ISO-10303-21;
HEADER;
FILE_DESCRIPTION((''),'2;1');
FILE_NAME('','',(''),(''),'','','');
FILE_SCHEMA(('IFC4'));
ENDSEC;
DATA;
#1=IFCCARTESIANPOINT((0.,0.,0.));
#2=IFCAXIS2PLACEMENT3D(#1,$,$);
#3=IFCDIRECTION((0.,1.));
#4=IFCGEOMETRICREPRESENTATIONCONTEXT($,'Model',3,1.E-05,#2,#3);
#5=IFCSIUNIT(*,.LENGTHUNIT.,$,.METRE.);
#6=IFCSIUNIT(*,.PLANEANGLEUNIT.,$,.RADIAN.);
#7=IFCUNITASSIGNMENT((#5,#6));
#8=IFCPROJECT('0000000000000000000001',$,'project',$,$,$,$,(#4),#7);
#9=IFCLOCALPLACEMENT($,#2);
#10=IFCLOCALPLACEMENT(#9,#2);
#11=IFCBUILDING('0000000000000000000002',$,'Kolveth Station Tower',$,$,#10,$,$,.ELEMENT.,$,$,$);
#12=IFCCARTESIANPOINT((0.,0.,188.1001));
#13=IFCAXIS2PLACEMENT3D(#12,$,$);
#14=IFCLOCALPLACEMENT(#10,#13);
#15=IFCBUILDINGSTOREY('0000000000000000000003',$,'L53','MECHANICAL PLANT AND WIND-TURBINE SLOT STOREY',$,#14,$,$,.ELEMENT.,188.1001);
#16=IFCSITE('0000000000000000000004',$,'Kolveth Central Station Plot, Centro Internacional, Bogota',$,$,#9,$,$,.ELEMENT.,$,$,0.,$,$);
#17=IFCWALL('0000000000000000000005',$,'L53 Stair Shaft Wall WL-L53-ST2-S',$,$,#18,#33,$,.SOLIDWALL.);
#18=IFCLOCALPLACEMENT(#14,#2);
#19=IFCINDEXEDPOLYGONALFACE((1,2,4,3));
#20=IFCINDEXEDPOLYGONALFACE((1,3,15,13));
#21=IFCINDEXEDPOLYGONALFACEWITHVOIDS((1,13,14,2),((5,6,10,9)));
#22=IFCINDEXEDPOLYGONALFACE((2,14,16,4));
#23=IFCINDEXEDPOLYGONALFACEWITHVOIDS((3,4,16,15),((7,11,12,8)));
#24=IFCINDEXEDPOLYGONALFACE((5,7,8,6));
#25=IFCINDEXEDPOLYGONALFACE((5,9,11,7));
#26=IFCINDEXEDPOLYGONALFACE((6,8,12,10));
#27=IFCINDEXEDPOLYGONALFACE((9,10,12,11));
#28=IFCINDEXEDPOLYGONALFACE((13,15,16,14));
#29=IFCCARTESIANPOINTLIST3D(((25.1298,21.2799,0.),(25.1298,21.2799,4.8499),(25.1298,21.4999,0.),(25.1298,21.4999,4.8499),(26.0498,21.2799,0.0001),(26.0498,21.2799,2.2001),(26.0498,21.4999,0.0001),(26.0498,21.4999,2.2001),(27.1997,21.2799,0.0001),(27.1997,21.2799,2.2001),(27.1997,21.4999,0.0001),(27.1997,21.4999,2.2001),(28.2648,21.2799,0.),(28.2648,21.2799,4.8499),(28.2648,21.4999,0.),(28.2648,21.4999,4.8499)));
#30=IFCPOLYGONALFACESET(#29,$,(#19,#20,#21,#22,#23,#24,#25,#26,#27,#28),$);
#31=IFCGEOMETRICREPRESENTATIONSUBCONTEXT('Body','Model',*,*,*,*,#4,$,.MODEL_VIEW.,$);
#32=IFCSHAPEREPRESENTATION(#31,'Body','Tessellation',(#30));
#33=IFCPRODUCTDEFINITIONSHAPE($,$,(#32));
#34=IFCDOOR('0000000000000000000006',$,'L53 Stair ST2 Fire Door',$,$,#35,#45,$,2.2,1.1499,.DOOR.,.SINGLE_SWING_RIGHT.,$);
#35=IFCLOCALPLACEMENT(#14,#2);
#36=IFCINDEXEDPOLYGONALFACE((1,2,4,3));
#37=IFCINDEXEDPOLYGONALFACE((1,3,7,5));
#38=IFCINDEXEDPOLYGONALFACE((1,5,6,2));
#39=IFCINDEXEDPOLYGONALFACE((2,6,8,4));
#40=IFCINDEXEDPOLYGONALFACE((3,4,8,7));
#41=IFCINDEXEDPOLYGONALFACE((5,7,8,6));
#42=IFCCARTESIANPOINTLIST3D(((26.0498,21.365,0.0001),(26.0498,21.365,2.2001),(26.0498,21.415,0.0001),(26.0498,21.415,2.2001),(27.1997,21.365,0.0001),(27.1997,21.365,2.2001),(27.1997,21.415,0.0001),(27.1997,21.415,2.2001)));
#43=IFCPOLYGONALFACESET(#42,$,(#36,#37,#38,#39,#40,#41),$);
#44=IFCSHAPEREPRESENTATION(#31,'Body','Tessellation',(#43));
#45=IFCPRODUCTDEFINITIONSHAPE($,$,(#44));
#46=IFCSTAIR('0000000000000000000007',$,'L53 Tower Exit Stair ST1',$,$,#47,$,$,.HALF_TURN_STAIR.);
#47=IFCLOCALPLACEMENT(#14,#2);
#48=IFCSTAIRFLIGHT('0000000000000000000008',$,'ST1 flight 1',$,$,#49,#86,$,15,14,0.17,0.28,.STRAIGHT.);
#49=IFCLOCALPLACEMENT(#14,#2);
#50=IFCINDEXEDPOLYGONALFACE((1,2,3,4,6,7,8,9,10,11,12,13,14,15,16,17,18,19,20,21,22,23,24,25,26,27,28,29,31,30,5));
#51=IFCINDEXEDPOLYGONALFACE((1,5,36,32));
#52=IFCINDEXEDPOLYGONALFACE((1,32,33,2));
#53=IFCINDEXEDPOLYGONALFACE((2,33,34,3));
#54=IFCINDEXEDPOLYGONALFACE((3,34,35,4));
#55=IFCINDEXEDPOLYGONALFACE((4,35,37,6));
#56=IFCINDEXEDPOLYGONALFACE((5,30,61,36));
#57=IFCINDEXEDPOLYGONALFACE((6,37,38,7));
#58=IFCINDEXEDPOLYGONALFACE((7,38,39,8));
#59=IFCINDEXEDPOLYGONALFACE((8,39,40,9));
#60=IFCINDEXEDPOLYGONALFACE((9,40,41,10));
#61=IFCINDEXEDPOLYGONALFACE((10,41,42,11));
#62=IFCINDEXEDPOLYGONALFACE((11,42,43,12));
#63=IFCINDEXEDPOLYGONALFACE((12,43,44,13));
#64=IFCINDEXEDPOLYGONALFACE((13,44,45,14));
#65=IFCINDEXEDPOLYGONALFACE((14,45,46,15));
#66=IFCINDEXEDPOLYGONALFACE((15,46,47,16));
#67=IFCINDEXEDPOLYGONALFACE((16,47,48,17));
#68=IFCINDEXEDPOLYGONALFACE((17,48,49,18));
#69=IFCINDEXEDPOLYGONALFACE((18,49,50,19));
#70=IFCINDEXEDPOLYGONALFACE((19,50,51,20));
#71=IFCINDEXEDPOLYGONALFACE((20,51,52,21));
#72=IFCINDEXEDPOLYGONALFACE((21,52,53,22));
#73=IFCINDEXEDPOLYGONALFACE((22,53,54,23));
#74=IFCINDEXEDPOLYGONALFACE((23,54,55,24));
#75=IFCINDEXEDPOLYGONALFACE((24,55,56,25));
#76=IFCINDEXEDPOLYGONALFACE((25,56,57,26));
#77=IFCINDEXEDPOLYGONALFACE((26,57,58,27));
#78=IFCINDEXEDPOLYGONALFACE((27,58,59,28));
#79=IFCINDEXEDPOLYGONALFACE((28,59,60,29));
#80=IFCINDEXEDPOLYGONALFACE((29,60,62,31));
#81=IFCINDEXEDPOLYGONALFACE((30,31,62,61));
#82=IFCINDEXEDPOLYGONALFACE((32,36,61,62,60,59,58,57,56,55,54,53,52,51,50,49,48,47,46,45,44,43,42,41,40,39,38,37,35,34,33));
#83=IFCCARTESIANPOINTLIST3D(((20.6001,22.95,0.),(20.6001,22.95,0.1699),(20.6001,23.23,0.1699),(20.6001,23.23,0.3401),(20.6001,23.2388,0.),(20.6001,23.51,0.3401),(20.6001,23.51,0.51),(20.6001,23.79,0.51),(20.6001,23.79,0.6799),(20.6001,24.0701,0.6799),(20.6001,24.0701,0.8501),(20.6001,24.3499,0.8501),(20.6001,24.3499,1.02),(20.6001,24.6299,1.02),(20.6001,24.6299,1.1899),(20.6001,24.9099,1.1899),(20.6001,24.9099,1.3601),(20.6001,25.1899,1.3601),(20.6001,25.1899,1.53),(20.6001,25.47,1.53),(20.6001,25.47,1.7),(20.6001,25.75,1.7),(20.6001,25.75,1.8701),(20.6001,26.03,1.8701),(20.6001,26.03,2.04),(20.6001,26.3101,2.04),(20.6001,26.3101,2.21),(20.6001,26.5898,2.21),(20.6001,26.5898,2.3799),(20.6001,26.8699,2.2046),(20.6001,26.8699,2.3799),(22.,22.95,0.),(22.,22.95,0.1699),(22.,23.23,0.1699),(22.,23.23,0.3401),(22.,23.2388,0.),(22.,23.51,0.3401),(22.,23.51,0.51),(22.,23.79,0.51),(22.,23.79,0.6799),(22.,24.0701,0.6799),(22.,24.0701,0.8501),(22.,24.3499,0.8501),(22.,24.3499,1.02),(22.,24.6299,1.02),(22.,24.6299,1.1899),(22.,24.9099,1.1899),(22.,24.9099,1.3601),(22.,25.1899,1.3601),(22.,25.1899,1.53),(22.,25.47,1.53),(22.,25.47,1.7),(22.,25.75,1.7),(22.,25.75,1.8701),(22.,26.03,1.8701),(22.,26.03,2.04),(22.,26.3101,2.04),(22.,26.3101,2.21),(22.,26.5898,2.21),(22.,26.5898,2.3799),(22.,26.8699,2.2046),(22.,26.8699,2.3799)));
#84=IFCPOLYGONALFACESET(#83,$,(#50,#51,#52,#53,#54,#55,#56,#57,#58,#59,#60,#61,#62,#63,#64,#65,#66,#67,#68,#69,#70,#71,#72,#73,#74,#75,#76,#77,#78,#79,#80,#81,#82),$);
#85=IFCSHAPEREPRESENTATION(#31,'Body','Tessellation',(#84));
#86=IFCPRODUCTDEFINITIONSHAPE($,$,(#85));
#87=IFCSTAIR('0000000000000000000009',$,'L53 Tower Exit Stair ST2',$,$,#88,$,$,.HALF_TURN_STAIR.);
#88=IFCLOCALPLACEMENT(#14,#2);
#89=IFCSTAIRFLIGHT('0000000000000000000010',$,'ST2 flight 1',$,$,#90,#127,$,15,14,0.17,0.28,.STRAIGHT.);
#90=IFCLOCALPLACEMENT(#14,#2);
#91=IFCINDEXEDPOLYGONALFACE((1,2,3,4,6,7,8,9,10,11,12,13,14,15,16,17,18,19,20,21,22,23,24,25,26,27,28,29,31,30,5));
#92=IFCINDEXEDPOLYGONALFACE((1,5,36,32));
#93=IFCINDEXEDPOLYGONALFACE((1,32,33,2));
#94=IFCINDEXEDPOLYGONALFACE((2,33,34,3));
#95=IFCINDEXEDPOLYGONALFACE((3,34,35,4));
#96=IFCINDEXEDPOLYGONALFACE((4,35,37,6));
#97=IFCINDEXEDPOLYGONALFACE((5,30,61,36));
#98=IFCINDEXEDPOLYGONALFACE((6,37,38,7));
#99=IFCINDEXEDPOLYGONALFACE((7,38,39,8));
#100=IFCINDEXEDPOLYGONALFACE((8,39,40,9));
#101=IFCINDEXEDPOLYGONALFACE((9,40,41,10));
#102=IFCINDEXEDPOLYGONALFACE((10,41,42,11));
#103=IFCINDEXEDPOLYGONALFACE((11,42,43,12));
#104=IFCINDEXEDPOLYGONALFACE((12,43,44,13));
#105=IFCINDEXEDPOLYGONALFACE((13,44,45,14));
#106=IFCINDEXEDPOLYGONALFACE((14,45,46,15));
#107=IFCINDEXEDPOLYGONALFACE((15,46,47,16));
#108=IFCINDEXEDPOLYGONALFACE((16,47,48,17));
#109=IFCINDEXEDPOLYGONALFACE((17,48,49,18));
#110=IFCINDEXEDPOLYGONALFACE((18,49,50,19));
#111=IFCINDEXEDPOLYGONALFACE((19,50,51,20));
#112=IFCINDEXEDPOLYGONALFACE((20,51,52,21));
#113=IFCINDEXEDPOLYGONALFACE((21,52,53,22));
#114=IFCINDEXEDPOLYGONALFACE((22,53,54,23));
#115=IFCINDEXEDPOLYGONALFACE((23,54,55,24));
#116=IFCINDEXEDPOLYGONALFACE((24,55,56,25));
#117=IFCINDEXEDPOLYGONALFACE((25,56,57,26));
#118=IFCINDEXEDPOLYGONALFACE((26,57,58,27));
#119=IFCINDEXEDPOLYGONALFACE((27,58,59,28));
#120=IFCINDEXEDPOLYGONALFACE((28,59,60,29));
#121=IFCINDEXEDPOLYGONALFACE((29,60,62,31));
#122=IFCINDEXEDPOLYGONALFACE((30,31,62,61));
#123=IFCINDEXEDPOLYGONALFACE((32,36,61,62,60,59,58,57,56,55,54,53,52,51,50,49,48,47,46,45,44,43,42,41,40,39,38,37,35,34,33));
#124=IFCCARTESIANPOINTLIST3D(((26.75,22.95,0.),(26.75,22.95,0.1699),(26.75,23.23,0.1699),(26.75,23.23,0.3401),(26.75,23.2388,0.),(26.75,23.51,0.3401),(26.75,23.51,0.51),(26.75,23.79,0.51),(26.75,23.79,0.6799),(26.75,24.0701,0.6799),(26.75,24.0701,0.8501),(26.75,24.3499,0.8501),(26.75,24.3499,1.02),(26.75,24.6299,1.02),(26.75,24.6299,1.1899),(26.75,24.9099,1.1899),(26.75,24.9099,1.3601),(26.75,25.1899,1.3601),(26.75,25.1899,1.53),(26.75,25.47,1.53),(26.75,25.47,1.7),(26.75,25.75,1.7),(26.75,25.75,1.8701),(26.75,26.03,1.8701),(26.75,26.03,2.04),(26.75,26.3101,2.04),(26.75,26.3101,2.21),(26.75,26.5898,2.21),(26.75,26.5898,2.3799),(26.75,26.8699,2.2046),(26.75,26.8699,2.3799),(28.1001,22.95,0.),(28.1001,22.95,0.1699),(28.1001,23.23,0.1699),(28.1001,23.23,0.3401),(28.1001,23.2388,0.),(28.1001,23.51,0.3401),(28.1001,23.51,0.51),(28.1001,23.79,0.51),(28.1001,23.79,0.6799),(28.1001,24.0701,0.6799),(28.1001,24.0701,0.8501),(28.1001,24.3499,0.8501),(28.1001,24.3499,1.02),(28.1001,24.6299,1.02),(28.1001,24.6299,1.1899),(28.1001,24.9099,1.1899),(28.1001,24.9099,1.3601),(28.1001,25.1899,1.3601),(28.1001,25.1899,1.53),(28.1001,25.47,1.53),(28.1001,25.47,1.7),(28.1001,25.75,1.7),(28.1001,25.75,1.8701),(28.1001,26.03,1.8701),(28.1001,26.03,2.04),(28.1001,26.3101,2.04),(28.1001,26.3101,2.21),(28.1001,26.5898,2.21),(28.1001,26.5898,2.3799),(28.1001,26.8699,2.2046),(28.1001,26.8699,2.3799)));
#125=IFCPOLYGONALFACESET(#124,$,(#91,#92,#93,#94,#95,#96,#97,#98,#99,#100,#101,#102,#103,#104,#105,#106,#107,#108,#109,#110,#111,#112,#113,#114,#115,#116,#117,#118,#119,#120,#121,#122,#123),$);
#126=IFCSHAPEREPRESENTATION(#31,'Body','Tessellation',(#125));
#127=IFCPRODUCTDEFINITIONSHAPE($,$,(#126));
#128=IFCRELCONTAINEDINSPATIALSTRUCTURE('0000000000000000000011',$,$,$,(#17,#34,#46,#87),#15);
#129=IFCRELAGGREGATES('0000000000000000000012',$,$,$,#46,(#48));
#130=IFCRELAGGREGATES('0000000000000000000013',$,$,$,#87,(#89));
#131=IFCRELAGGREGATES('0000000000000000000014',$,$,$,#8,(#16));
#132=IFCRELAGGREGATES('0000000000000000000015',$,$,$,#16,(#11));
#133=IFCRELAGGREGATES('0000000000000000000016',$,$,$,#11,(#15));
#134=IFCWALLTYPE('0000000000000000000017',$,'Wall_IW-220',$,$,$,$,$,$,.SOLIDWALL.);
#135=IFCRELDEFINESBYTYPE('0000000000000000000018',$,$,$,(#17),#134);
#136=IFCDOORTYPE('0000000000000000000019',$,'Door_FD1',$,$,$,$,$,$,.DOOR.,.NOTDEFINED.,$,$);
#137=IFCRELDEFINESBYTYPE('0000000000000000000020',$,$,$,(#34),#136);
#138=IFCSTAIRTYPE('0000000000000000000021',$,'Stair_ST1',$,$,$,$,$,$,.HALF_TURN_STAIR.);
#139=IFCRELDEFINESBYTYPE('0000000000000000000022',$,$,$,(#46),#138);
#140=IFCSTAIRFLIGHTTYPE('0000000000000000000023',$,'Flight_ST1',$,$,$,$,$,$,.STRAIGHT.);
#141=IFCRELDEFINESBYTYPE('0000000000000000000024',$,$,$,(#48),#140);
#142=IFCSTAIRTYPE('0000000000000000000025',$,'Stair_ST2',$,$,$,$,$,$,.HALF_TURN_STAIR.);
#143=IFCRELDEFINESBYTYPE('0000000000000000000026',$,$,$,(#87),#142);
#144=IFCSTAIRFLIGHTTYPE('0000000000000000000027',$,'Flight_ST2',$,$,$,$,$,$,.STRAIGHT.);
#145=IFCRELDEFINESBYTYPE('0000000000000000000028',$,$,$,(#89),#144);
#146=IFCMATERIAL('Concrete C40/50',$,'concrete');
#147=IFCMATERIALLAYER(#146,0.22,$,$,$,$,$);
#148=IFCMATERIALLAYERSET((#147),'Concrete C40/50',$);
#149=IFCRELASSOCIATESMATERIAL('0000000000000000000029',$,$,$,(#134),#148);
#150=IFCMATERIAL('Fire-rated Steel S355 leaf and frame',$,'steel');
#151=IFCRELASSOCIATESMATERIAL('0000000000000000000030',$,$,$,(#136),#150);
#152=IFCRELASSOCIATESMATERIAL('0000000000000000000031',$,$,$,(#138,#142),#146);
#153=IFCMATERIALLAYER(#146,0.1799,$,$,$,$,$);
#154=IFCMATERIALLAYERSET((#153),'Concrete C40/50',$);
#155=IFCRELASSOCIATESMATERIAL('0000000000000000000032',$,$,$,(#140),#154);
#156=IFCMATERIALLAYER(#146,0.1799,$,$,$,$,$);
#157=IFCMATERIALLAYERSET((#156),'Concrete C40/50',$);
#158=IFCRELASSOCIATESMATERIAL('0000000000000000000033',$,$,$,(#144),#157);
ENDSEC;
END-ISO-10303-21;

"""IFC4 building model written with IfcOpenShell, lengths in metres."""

from ifc_helpers import new_model, si_unit, direction, frame, frame_2d, origin, place, context, subcontext, project, spatial, polyline, rectangle, outline, extrude, material, layer, layer_set, type_object, element, fill, aggregate, save


model = new_model("IFC4")

# Units and contexts
model_context = context("Model", 3, precision=1e-05, world=origin(), true_north=direction((0.0, 1.0)))
body_context = subcontext(model_context, "Body", "Model", "MODEL_VIEW")
ifc_project = project(units=[si_unit("LENGTHUNIT", "METRE"), si_unit("PLANEANGLEUNIT", "RADIAN")], contexts=[model_context])

# Site, building, storey
site_placement = place(None, origin())
site = spatial("IfcSite", under=ifc_project, at=site_placement, Name="Kolveth Central Station Plot, Centro Internacional, Bogota", CompositionType="ELEMENT", RefElevation=0.0)
building_placement = place(site_placement, origin())
building = spatial("IfcBuilding", under=site, at=building_placement, Name="Kolveth Station Tower", CompositionType="ELEMENT")
storey_placement = place(building_placement, frame((0.0, 0.0, 188.1001)))
storey = spatial("IfcBuildingStorey", under=building, at=storey_placement, Name="L53", Description="MECHANICAL PLANT AND WIND-TURBINE SLOT STOREY", CompositionType="ELEMENT", Elevation=188.1001)

# Shared definitions
ifc_material_1 = material(Name="Concrete C40/50", Category="concrete")
ifc_layer_1 = layer(ifc_material_1, 0.22)
ifc_layer_set_1 = layer_set([ifc_layer_1], Name="Concrete C40/50")
wall_type_1 = type_object("IfcWallType", Name="Wall_IW-220", PredefinedType="SOLIDWALL", material=ifc_layer_set_1)

# Shared definitions
ifc_material_2 = material(Name="Fire-rated Steel S355 leaf and frame", Category="steel")
door_type_1 = type_object("IfcDoorType", Name="Door_FD1", OperationType="NOTDEFINED", PredefinedType="DOOR", material=ifc_material_2)

# Wall, opening, door
wall_1_placement = place(storey_placement, frame((25.1299, 21.3899, 0.0), z_axis=(0.0, 0.0, 1.0), x_axis=(1.0, 0.0, 0.0)))
wall_1 = element("IfcWall", 1, at=wall_1_placement, inside=storey, type_object=wall_type_1, Name="L53 Stair Shaft Wall WL-L53-ST2-S", PredefinedType="SOLIDWALL", context=body_context, shape_type="SweptSolid", body=[
    extrude(rectangle(XDim=3.135, YDim=0.22, at=frame_2d((1.5674, 0.0))), origin(), (0.0, 0.0, 1.0), 4.8499),
])
opening_1_placement = place(wall_1_placement, frame((0.9199, 0.0, 0.0)))
opening_1 = element("IfcOpeningElement", 2, at=opening_1_placement, cuts=wall_1, PredefinedType="OPENING", context=body_context, shape_type="SweptSolid", body=[
    extrude(rectangle(XDim=1.1499, YDim=2.2, at=frame_2d((0.575, 1.1001))), frame((0.0, 0.1199, 0.0), z_axis=(0.0, -1.0, 0.0), x_axis=(1.0, 0.0, 0.0)), (0.0, 0.0, 1.0), 0.24),
])
door_1_placement = place(opening_1_placement, frame((1.1499, 0.0, 0.0), z_axis=(0.0, 0.0, 1.0), x_axis=(-1.0, 0.0, 0.0)))
door_1 = element("IfcDoor", 3, at=door_1_placement, inside=storey, type_object=door_type_1, Name="L53 Stair ST2 Fire Door", OperationType="SINGLE_SWING_RIGHT", OverallHeight=2.2, OverallWidth=1.1499, PredefinedType="DOOR", context=body_context, shape_type="SweptSolid", body=[
    extrude(rectangle(XDim=1.1499, YDim=2.2, at=frame_2d((0.575, 1.1001))), frame((0.0, 0.0249, 0.0), z_axis=(0.0, -1.0, 0.0), x_axis=(1.0, 0.0, 0.0)), (0.0, 0.0, 1.0), 0.05),
])
fill(opening_1, door_1)

# Stairs, stair flights
stair_type_1 = type_object("IfcStairType", Name="Stair_ST1", PredefinedType="HALF_TURN_STAIR", material=ifc_material_1)
stair_1_placement = place(storey_placement, origin())
stair_1 = element("IfcStair", 4, at=stair_1_placement, inside=storey, type_object=stair_type_1, Name="L53 Tower Exit Stair ST1", PredefinedType="HALF_TURN_STAIR")
ifc_layer_2 = layer(ifc_material_1, 0.1799)
ifc_layer_set_2 = layer_set([ifc_layer_2], Name="Concrete C40/50")
stair_flight_type_1 = type_object("IfcStairFlightType", Name="Flight_ST1", PredefinedType="STRAIGHT", material=ifc_layer_set_2)
stair_flight_1_placement = place(storey_placement, frame((21.3, 22.95, 0.0), z_axis=(0.0, 0.0, 1.0), x_axis=(0.0, 1.0, 0.0)))
stair_flight_1 = element("IfcStairFlight", 5, at=stair_flight_1_placement, type_object=stair_flight_type_1, Name="ST1 flight 1", NumberOfRisers=15, NumberOfTreads=14, PredefinedType="STRAIGHT", RiserHeight=0.17, TreadLength=0.28, context=body_context, shape_type="SweptSolid", body=[
    extrude(outline(polyline([(0.0, 0.0), (0.0, 0.1699), (0.28, 0.1699), (0.28, 0.3401), (0.5601, 0.3401), (0.5601, 0.51), (0.8401, 0.51), (0.8401, 0.6799), (1.1201, 0.6799), (1.1201, 0.8501), (1.3999, 0.8501), (1.3999, 1.02), (1.6799, 1.02), (1.6799, 1.1899), (1.96, 1.1899), (1.96, 1.3601), (2.24, 1.3601), (2.24, 1.53), (2.52, 1.53), (2.52, 1.7), (2.8, 1.7), (2.8, 1.8701), (3.0801, 1.8701), (3.0801, 2.04), (3.3601, 2.04), (3.3601, 2.21), (3.6399, 2.21), (3.6399, 2.3799), (3.9199, 2.3799), (3.9199, 2.55), (3.9199, 2.2046), (0.2888, 0.0), (0.0, 0.0)])), frame((0.0, 0.7, 0.0), z_axis=(0.0, -1.0, 0.0), x_axis=(1.0, 0.0, 0.0)), (0.0, 0.0, 1.0), 1.3999),
])
aggregate(stair_1, [stair_flight_1])
stair_type_2 = type_object("IfcStairType", Name="Stair_ST2", PredefinedType="HALF_TURN_STAIR", material=ifc_material_1)
stair_2_placement = place(storey_placement, origin())
stair_2 = element("IfcStair", 6, at=stair_2_placement, inside=storey, type_object=stair_type_2, Name="L53 Tower Exit Stair ST2", PredefinedType="HALF_TURN_STAIR")
ifc_layer_3 = layer(ifc_material_1, 0.1799)
ifc_layer_set_3 = layer_set([ifc_layer_3], Name="Concrete C40/50")
stair_flight_type_2 = type_object("IfcStairFlightType", Name="Flight_ST2", PredefinedType="STRAIGHT", material=ifc_layer_set_3)
stair_flight_2_placement = place(storey_placement, frame((27.425, 22.95, 0.0), z_axis=(0.0, 0.0, 1.0), x_axis=(0.0, 1.0, 0.0)))
stair_flight_2 = element("IfcStairFlight", 7, at=stair_flight_2_placement, type_object=stair_flight_type_2, Name="ST2 flight 1", NumberOfRisers=15, NumberOfTreads=14, PredefinedType="STRAIGHT", RiserHeight=0.17, TreadLength=0.28, context=body_context, shape_type="SweptSolid", body=[
    extrude(outline(polyline([(0.0, 0.0), (0.0, 0.1699), (0.28, 0.1699), (0.28, 0.3401), (0.5601, 0.3401), (0.5601, 0.51), (0.8401, 0.51), (0.8401, 0.6799), (1.1201, 0.6799), (1.1201, 0.8501), (1.3999, 0.8501), (1.3999, 1.02), (1.6799, 1.02), (1.6799, 1.1899), (1.96, 1.1899), (1.96, 1.3601), (2.24, 1.3601), (2.24, 1.53), (2.52, 1.53), (2.52, 1.7), (2.8, 1.7), (2.8, 1.8701), (3.0801, 1.8701), (3.0801, 2.04), (3.3601, 2.04), (3.3601, 2.21), (3.6399, 2.21), (3.6399, 2.3799), (3.9199, 2.3799), (3.9199, 2.55), (3.9199, 2.2046), (0.2888, 0.0), (0.0, 0.0)])), frame((0.0, 0.675, 0.0), z_axis=(0.0, -1.0, 0.0), x_axis=(1.0, 0.0, 0.0)), (0.0, 0.0, 1.0), 1.3501),
])
aggregate(stair_2, [stair_flight_2])

save(model, "model.ifc")
